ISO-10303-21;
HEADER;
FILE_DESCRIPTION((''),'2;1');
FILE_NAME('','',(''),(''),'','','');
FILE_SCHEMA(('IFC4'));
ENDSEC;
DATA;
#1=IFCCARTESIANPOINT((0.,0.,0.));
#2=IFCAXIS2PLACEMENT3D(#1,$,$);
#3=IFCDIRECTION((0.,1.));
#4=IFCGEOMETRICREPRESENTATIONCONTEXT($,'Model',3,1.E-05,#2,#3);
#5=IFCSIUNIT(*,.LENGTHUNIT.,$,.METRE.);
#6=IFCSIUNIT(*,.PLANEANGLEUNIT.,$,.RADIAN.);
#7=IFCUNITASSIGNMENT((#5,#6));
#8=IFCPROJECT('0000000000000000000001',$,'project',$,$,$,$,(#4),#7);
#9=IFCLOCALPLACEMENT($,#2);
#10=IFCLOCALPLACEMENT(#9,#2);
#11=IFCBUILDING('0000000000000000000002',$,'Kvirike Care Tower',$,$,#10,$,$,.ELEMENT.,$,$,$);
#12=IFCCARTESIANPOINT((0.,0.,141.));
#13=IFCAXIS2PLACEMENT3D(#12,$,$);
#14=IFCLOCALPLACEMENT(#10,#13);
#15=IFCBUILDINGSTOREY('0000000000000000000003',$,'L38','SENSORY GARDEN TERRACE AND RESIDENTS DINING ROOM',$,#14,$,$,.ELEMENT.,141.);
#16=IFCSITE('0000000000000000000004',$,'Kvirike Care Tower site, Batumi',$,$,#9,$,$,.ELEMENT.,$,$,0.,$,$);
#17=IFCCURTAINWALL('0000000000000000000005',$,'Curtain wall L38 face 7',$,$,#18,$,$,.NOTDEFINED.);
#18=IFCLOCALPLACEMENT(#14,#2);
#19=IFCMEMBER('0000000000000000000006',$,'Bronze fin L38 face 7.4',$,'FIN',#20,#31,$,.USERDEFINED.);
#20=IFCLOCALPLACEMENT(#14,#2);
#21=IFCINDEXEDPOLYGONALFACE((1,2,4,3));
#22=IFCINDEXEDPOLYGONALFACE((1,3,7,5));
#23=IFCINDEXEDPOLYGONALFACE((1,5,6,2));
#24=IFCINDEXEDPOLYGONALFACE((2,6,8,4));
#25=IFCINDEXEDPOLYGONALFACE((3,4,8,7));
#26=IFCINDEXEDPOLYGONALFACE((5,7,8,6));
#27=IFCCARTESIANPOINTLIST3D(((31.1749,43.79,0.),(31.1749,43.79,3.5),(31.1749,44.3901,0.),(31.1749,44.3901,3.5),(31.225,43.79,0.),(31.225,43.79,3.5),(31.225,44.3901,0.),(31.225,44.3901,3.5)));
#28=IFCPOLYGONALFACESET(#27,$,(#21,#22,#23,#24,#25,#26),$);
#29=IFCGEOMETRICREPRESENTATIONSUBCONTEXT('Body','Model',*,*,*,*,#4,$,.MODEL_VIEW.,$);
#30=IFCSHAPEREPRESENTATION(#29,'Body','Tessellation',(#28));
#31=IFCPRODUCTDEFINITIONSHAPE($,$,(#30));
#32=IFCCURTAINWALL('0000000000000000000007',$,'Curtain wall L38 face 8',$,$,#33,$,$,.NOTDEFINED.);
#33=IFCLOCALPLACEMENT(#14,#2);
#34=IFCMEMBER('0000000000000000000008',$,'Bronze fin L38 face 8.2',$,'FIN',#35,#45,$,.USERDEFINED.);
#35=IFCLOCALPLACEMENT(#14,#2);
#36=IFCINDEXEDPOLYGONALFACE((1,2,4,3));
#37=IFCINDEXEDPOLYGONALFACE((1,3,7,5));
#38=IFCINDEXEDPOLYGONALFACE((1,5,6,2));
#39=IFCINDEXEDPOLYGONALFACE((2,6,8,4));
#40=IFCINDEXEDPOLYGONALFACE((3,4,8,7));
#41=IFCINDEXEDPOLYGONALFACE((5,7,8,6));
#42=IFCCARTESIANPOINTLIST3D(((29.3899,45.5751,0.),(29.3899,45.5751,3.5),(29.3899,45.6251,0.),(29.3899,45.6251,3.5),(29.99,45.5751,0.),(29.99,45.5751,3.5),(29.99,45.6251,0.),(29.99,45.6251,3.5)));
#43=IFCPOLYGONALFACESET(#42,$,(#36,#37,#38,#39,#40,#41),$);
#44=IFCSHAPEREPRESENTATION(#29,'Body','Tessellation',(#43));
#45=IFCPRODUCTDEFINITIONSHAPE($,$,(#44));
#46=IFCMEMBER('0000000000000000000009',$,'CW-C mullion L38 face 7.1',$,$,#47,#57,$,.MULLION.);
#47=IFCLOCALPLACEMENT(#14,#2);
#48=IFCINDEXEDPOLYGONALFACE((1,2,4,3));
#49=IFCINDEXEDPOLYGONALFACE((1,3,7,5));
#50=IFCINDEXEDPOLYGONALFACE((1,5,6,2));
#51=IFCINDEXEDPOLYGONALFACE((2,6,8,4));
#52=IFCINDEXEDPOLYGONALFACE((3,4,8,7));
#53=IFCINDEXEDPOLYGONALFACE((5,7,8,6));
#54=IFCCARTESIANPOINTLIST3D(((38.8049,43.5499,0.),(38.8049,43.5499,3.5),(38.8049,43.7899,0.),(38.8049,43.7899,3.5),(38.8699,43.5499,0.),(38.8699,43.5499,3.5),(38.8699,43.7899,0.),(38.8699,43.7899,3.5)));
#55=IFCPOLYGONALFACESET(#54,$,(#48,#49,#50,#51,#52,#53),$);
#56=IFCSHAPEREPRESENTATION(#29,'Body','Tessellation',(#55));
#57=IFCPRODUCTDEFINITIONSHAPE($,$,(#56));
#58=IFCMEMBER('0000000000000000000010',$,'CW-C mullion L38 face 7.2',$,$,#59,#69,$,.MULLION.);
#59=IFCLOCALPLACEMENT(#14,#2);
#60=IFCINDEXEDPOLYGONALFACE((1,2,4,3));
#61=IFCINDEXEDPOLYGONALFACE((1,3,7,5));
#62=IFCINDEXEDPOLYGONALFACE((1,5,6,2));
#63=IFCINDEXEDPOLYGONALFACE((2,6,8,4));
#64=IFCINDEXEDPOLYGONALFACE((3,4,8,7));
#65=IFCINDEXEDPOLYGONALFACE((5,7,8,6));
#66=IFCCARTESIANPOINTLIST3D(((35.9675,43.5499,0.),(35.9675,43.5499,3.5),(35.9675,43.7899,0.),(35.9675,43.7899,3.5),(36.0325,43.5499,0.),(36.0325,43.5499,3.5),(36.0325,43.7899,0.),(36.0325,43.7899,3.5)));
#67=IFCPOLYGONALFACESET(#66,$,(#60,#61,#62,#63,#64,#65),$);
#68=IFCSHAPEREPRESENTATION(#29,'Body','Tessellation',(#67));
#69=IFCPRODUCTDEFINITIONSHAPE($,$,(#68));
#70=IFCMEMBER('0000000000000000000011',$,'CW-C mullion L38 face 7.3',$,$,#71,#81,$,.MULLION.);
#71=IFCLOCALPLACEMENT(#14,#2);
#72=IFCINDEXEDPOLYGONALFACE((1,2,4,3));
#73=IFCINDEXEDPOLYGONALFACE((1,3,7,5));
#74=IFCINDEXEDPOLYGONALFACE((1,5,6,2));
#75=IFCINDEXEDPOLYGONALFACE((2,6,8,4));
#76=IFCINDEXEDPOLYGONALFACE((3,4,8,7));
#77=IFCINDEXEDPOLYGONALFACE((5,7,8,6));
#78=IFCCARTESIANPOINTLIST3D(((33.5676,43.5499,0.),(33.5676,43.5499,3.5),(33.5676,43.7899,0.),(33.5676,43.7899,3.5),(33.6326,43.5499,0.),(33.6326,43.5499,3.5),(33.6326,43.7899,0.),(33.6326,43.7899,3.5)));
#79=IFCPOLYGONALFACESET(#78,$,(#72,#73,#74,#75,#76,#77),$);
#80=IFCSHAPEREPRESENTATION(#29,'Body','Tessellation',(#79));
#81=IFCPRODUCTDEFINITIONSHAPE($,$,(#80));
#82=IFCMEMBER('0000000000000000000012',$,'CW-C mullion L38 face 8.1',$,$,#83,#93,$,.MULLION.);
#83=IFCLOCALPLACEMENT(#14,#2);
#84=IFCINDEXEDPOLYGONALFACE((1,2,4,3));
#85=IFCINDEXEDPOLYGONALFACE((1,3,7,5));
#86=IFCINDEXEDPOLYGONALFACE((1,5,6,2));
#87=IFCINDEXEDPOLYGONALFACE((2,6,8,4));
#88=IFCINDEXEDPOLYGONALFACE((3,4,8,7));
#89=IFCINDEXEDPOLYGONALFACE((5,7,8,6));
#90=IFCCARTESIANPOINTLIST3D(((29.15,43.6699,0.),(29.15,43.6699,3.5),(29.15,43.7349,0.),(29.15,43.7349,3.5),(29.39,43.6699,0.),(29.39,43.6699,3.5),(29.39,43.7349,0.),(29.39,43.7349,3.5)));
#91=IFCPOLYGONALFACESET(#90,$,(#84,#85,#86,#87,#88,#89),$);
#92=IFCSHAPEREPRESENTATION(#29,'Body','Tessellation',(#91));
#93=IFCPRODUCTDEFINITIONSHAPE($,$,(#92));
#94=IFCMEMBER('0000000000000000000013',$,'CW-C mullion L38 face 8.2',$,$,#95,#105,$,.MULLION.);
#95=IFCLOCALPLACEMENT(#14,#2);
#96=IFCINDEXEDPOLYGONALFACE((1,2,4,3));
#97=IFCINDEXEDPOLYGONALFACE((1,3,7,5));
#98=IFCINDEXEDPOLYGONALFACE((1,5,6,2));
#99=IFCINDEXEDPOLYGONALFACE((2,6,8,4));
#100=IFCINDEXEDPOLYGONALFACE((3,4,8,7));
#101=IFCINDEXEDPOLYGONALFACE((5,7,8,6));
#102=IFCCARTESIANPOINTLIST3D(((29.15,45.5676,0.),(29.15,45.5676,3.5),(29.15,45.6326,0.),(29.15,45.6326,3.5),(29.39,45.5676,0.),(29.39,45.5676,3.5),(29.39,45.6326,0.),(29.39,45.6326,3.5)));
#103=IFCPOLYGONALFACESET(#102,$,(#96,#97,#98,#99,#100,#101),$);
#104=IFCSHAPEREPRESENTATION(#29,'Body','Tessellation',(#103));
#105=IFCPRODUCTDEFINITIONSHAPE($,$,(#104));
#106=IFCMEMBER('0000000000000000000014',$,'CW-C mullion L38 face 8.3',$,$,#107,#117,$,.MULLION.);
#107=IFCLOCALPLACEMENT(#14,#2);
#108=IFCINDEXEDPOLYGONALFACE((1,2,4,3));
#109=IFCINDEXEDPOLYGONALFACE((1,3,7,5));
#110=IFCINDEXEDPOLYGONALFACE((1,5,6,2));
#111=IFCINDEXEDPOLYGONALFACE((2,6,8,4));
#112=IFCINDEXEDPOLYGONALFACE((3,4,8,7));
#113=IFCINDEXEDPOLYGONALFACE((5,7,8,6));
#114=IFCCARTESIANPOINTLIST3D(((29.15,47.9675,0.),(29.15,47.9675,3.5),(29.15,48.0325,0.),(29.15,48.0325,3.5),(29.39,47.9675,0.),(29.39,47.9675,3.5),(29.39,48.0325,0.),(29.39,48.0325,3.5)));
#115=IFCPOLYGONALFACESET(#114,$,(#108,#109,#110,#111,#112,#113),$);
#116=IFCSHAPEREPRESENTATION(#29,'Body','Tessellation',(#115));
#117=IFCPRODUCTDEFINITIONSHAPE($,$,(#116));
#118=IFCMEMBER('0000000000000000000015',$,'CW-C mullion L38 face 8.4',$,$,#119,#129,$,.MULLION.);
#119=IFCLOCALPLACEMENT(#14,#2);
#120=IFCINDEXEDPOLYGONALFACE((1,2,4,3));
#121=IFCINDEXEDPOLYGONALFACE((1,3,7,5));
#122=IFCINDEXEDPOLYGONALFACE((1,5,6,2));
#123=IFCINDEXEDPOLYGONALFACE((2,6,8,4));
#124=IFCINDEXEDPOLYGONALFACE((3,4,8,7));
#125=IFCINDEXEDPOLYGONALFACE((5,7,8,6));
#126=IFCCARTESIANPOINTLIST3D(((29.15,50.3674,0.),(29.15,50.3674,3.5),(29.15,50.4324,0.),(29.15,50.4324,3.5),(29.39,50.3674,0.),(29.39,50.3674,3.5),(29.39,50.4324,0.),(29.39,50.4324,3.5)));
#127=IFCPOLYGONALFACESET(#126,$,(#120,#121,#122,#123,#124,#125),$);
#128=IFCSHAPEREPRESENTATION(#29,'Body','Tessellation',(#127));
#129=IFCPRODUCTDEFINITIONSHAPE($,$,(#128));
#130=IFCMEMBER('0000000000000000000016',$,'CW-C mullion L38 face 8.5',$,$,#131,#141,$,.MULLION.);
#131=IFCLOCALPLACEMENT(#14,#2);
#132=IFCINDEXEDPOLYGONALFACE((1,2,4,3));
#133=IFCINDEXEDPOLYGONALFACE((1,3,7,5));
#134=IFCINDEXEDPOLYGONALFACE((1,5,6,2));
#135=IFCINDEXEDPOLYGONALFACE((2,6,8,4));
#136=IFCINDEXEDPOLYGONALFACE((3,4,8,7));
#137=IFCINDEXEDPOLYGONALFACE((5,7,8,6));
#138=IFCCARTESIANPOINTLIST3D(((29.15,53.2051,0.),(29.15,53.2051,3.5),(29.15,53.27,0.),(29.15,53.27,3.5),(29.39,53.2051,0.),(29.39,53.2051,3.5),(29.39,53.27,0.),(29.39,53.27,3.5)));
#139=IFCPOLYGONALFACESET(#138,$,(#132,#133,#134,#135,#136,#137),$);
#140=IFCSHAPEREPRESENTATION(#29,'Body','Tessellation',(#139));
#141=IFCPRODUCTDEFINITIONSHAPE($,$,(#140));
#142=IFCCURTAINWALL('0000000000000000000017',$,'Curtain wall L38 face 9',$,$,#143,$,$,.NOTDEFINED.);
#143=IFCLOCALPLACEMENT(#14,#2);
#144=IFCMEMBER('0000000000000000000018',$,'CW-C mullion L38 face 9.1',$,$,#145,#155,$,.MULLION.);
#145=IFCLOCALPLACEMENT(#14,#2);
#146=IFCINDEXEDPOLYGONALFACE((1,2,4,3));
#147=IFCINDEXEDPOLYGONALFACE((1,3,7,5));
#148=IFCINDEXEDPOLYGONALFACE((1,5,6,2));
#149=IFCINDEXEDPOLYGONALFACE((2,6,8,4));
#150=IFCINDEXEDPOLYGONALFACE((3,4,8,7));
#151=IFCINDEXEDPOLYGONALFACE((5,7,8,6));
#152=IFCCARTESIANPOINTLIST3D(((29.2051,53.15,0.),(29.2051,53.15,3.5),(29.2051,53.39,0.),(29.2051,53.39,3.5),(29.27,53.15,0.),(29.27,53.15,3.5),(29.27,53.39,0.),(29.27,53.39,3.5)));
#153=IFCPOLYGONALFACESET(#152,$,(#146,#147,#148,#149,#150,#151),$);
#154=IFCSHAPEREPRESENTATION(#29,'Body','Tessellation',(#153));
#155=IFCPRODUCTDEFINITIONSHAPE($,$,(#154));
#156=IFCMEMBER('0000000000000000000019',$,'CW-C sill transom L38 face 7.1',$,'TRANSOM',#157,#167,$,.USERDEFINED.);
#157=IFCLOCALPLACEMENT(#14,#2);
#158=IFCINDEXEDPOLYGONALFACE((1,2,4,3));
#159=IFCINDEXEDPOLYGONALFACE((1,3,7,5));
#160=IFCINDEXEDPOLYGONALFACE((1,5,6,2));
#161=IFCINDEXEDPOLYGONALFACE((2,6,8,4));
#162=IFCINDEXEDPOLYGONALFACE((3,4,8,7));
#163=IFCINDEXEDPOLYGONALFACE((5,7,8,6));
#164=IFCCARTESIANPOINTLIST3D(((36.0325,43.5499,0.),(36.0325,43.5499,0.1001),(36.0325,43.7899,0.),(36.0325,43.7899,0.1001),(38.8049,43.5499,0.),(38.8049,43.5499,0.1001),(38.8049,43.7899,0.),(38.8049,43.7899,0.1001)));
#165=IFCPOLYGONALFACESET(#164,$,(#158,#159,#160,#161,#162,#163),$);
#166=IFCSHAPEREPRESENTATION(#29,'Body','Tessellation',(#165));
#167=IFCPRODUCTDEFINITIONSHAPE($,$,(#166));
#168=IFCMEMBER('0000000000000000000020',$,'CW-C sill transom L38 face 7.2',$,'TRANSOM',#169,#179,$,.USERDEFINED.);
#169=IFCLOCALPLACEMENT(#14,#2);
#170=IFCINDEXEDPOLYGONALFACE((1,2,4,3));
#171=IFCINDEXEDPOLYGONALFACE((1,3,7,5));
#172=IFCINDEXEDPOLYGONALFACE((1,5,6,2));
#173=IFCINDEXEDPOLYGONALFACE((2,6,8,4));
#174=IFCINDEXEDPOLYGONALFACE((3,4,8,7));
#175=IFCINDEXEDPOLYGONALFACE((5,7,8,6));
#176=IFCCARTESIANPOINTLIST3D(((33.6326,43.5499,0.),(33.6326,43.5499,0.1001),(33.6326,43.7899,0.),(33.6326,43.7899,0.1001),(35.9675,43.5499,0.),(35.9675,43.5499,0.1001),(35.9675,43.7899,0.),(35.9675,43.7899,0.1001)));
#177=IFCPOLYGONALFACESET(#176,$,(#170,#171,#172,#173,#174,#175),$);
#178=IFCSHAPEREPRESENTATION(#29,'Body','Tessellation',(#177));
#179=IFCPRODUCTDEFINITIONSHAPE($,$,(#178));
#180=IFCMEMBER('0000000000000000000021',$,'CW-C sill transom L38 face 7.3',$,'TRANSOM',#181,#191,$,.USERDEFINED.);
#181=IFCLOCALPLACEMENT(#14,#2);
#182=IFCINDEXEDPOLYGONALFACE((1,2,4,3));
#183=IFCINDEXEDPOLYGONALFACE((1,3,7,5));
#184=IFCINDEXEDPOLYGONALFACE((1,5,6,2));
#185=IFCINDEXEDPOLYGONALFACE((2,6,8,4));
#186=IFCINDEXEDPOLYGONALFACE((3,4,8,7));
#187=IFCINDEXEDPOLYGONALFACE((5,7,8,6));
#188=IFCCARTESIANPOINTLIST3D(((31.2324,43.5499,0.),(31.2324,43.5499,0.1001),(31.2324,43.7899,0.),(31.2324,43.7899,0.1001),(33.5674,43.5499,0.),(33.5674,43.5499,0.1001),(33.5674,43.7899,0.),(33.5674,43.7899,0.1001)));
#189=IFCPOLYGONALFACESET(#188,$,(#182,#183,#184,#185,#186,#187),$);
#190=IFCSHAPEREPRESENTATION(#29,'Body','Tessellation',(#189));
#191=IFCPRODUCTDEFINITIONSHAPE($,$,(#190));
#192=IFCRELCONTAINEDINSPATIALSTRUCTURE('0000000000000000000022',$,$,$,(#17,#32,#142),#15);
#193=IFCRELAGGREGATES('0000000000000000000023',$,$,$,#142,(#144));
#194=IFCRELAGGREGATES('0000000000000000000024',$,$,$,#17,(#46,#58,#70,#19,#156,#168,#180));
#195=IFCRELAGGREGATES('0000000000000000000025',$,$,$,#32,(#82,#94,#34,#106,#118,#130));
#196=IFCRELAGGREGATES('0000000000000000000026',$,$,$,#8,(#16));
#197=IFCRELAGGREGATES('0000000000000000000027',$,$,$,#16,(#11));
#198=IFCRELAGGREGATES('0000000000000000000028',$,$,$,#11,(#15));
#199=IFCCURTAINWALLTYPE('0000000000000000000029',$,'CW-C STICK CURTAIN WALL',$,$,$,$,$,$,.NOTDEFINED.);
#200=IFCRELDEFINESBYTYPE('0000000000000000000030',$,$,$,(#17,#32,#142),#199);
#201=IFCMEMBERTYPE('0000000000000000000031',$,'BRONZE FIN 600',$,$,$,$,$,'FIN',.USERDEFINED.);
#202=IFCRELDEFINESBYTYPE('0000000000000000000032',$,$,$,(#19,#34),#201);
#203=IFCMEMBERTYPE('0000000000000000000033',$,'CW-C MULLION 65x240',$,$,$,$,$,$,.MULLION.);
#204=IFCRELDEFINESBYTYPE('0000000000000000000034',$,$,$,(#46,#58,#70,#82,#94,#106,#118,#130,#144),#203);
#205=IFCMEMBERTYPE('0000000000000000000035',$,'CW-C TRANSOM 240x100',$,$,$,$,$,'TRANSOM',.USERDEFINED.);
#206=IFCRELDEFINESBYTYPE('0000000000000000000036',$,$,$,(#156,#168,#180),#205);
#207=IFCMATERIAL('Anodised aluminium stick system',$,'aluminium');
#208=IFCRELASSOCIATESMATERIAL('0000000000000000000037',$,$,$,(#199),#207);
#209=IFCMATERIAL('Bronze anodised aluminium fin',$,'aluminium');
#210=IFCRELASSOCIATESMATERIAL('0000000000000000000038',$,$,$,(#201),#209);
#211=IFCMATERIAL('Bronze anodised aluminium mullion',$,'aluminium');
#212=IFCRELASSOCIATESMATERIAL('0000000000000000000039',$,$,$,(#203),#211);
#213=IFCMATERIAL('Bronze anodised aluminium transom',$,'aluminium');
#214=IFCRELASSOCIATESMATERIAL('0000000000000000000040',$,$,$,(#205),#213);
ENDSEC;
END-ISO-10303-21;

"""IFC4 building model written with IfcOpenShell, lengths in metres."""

from ifc_helpers import new_model, si_unit, direction, frame, origin, origin_2d, place, context, subcontext, project, spatial, rectangle, extrude, material, material_profile, profile_set, type_object, element, aggregate, save


model = new_model("IFC4")

# Units and contexts
model_context = context("Model", 3, precision=1e-05, world=origin(), true_north=direction((0.0, 1.0)))
body_context = subcontext(model_context, "Body", "Model", "MODEL_VIEW")
ifc_project = project(units=[si_unit("LENGTHUNIT", "METRE"), si_unit("PLANEANGLEUNIT", "RADIAN")], contexts=[model_context])

# Site, building, storey
site_placement = place(None, origin())
site = spatial("IfcSite", under=ifc_project, at=site_placement, Name="Kvirike Care Tower site, Batumi", CompositionType="ELEMENT", RefElevation=0.0)
building_placement = place(site_placement, origin())
building = spatial("IfcBuilding", under=site, at=building_placement, Name="Kvirike Care Tower", CompositionType="ELEMENT")
storey_placement = place(building_placement, frame((0.0, 0.0, 141.0)))
storey = spatial("IfcBuildingStorey", under=building, at=storey_placement, Name="L38", Description="SENSORY GARDEN TERRACE AND RESIDENTS DINING ROOM", CompositionType="ELEMENT", Elevation=141.0)

# Curtain walls, members
ifc_material_1 = material(Name="Anodised aluminium stick system", Category="aluminium")
curtain_wall_type = type_object("IfcCurtainWallType", Name="CW-C STICK CURTAIN WALL", PredefinedType="NOTDEFINED", material=ifc_material_1)
curtain_wall_1_placement = place(storey_placement, origin())
curtain_wall_1 = element("IfcCurtainWall", 1, at=curtain_wall_1_placement, inside=storey, type_object=curtain_wall_type, Name="Curtain wall L38 face 7", PredefinedType="NOTDEFINED")
ifc_material_2 = material(Name="Bronze anodised aluminium fin", Category="aluminium")
ifc_material_profile_1 = material_profile(ifc_material_2, rectangle(XDim=0.05, YDim=0.6001, at=origin_2d()), Name="BRONZE FIN 600")
ifc_profile_set_1 = profile_set([ifc_material_profile_1], Name="Bronze anodised aluminium fin")
member_type_1 = type_object("IfcMemberType", Name="BRONZE FIN 600", ElementType="FIN", PredefinedType="USERDEFINED", material=ifc_profile_set_1)
member_1_placement = place(storey_placement, frame((31.2, 44.0901, 0.0), z_axis=(0.0, 0.0, 1.0), x_axis=(-1.0, 0.0, 0.0)))
member_1 = element("IfcMember", 2, at=member_1_placement, type_object=member_type_1, Name="Bronze fin L38 face 7.4", ObjectType="FIN", PredefinedType="USERDEFINED", context=body_context, shape_type="SweptSolid", body=[
    extrude(rectangle(XDim=0.05, YDim=0.6001, at=origin_2d()), origin(), (0.0, 0.0, 1.0), 3.5),
])
curtain_wall_2_placement = place(storey_placement, origin())
curtain_wall_2 = element("IfcCurtainWall", 3, at=curtain_wall_2_placement, inside=storey, type_object=curtain_wall_type, Name="Curtain wall L38 face 8", PredefinedType="NOTDEFINED")
member_2_placement = place(storey_placement, frame((29.6899, 45.6001, 0.0), z_axis=(0.0, 0.0, 1.0), x_axis=(0.0, 1.0, 0.0)))
member_2 = element("IfcMember", 4, at=member_2_placement, type_object=member_type_1, Name="Bronze fin L38 face 8.2", ObjectType="FIN", PredefinedType="USERDEFINED", context=body_context, shape_type="SweptSolid", body=[
    extrude(rectangle(XDim=0.05, YDim=0.6001, at=origin_2d()), origin(), (0.0, 0.0, 1.0), 3.5),
])

# Members
ifc_material_3 = material(Name="Bronze anodised aluminium mullion", Category="aluminium")
ifc_material_profile_2 = material_profile(ifc_material_3, rectangle(XDim=0.0649, YDim=0.24, at=origin_2d()), Name="CW-C MULLION 65x240")
ifc_profile_set_2 = profile_set([ifc_material_profile_2], Name="Bronze anodised aluminium mullion")
member_type_2 = type_object("IfcMemberType", Name="CW-C MULLION 65x240", PredefinedType="MULLION", material=ifc_profile_set_2)
member_3_placement = place(storey_placement, frame((38.8374, 43.6699, 0.0), z_axis=(0.0, 0.0, 1.0), x_axis=(-1.0, 0.0, 0.0)))
member_3 = element("IfcMember", 5, at=member_3_placement, type_object=member_type_2, Name="CW-C mullion L38 face 7.1", PredefinedType="MULLION", context=body_context, shape_type="SweptSolid", body=[
    extrude(rectangle(XDim=0.0649, YDim=0.24, at=origin_2d()), origin(), (0.0, 0.0, 1.0), 3.5),
])
member_4_placement = place(storey_placement, frame((36.0, 43.6699, 0.0), z_axis=(0.0, 0.0, 1.0), x_axis=(-1.0, 0.0, 0.0)))
member_4 = element("IfcMember", 6, at=member_4_placement, type_object=member_type_2, Name="CW-C mullion L38 face 7.2", PredefinedType="MULLION", context=body_context, shape_type="SweptSolid", body=[
    extrude(rectangle(XDim=0.0649, YDim=0.24, at=origin_2d()), origin(), (0.0, 0.0, 1.0), 3.5),
])
member_5_placement = place(storey_placement, frame((33.6001, 43.6699, 0.0), z_axis=(0.0, 0.0, 1.0), x_axis=(-1.0, 0.0, 0.0)))
member_5 = element("IfcMember", 7, at=member_5_placement, type_object=member_type_2, Name="CW-C mullion L38 face 7.3", PredefinedType="MULLION", context=body_context, shape_type="SweptSolid", body=[
    extrude(rectangle(XDim=0.0649, YDim=0.24, at=origin_2d()), origin(), (0.0, 0.0, 1.0), 3.5),
])
member_6_placement = place(storey_placement, frame((29.27, 43.7024, 0.0), z_axis=(0.0, 0.0, 1.0), x_axis=(0.0, 1.0, 0.0)))
member_6 = element("IfcMember", 8, at=member_6_placement, type_object=member_type_2, Name="CW-C mullion L38 face 8.1", PredefinedType="MULLION", context=body_context, shape_type="SweptSolid", body=[
    extrude(rectangle(XDim=0.0649, YDim=0.24, at=origin_2d()), origin(), (0.0, 0.0, 1.0), 3.5),
])
member_7_placement = place(storey_placement, frame((29.27, 45.6001, 0.0), z_axis=(0.0, 0.0, 1.0), x_axis=(0.0, 1.0, 0.0)))
member_7 = element("IfcMember", 9, at=member_7_placement, type_object=member_type_2, Name="CW-C mullion L38 face 8.2", PredefinedType="MULLION", context=body_context, shape_type="SweptSolid", body=[
    extrude(rectangle(XDim=0.0649, YDim=0.24, at=origin_2d()), origin(), (0.0, 0.0, 1.0), 3.5),
])
member_8_placement = place(storey_placement, frame((29.27, 48.0, 0.0), z_axis=(0.0, 0.0, 1.0), x_axis=(0.0, 1.0, 0.0)))
member_8 = element("IfcMember", 10, at=member_8_placement, type_object=member_type_2, Name="CW-C mullion L38 face 8.3", PredefinedType="MULLION", context=body_context, shape_type="SweptSolid", body=[
    extrude(rectangle(XDim=0.0649, YDim=0.24, at=origin_2d()), origin(), (0.0, 0.0, 1.0), 3.5),
])
member_9_placement = place(storey_placement, frame((29.27, 50.3999, 0.0), z_axis=(0.0, 0.0, 1.0), x_axis=(0.0, 1.0, 0.0)))
member_9 = element("IfcMember", 11, at=member_9_placement, type_object=member_type_2, Name="CW-C mullion L38 face 8.4", PredefinedType="MULLION", context=body_context, shape_type="SweptSolid", body=[
    extrude(rectangle(XDim=0.0649, YDim=0.24, at=origin_2d()), origin(), (0.0, 0.0, 1.0), 3.5),
])
member_10_placement = place(storey_placement, frame((29.27, 53.2375, 0.0), z_axis=(0.0, 0.0, 1.0), x_axis=(0.0, 1.0, 0.0)))
member_10 = element("IfcMember", 12, at=member_10_placement, type_object=member_type_2, Name="CW-C mullion L38 face 8.5", PredefinedType="MULLION", context=body_context, shape_type="SweptSolid", body=[
    extrude(rectangle(XDim=0.0649, YDim=0.24, at=origin_2d()), origin(), (0.0, 0.0, 1.0), 3.5),
])

# Curtain wall, member
curtain_wall_3_placement = place(storey_placement, origin())
curtain_wall_3 = element("IfcCurtainWall", 13, at=curtain_wall_3_placement, inside=storey, type_object=curtain_wall_type, Name="Curtain wall L38 face 9", PredefinedType="NOTDEFINED")
member_11_placement = place(storey_placement, frame((29.2375, 53.27, 0.0), z_axis=(0.0, 0.0, 1.0), x_axis=(-1.0, 0.0, 0.0)))
member_11 = element("IfcMember", 14, at=member_11_placement, type_object=member_type_2, Name="CW-C mullion L38 face 9.1", PredefinedType="MULLION", context=body_context, shape_type="SweptSolid", body=[
    extrude(rectangle(XDim=0.0649, YDim=0.24, at=origin_2d()), origin(), (0.0, 0.0, 1.0), 3.5),
])
aggregate(curtain_wall_3, [member_11])

# Members
ifc_material_4 = material(Name="Bronze anodised aluminium transom", Category="aluminium")
ifc_material_profile_3 = material_profile(ifc_material_4, rectangle(XDim=0.24, YDim=0.1001, at=origin_2d()), Name="CW-C TRANSOM 240x100")
ifc_profile_set_3 = profile_set([ifc_material_profile_3], Name="Bronze anodised aluminium transom")
member_type_3 = type_object("IfcMemberType", Name="CW-C TRANSOM 240x100", ElementType="TRANSOM", PredefinedType="USERDEFINED", material=ifc_profile_set_3)
member_12_placement = place(storey_placement, frame((38.8049, 43.6699, 0.05), z_axis=(-1.0, 0.0, 0.0), x_axis=(0.0, -1.0, 0.0)))
member_12 = element("IfcMember", 15, at=member_12_placement, type_object=member_type_3, Name="CW-C sill transom L38 face 7.1", ObjectType="TRANSOM", PredefinedType="USERDEFINED", context=body_context, shape_type="SweptSolid", body=[
    extrude(rectangle(XDim=0.24, YDim=0.1001, at=origin_2d()), origin(), (0.0, 0.0, 1.0), 2.7725),
])
member_13_placement = place(storey_placement, frame((35.9675, 43.6699, 0.05), z_axis=(-1.0, 0.0, 0.0), x_axis=(0.0, -1.0, 0.0)))
member_13 = element("IfcMember", 16, at=member_13_placement, type_object=member_type_3, Name="CW-C sill transom L38 face 7.2", ObjectType="TRANSOM", PredefinedType="USERDEFINED", context=body_context, shape_type="SweptSolid", body=[
    extrude(rectangle(XDim=0.24, YDim=0.1001, at=origin_2d()), origin(), (0.0, 0.0, 1.0), 2.335),
])
member_14_placement = place(storey_placement, frame((33.5674, 43.6699, 0.05), z_axis=(-1.0, 0.0, 0.0), x_axis=(0.0, -1.0, 0.0)))
member_14 = element("IfcMember", 17, at=member_14_placement, type_object=member_type_3, Name="CW-C sill transom L38 face 7.3", ObjectType="TRANSOM", PredefinedType="USERDEFINED", context=body_context, shape_type="SweptSolid", body=[
    extrude(rectangle(XDim=0.24, YDim=0.1001, at=origin_2d()), origin(), (0.0, 0.0, 1.0), 2.335),
])

aggregate(curtain_wall_1, [member_3, member_4, member_5, member_1, member_12, member_13, member_14])
aggregate(curtain_wall_2, [member_6, member_7, member_2, member_8, member_9, member_10])

save(model, "model.ifc")
